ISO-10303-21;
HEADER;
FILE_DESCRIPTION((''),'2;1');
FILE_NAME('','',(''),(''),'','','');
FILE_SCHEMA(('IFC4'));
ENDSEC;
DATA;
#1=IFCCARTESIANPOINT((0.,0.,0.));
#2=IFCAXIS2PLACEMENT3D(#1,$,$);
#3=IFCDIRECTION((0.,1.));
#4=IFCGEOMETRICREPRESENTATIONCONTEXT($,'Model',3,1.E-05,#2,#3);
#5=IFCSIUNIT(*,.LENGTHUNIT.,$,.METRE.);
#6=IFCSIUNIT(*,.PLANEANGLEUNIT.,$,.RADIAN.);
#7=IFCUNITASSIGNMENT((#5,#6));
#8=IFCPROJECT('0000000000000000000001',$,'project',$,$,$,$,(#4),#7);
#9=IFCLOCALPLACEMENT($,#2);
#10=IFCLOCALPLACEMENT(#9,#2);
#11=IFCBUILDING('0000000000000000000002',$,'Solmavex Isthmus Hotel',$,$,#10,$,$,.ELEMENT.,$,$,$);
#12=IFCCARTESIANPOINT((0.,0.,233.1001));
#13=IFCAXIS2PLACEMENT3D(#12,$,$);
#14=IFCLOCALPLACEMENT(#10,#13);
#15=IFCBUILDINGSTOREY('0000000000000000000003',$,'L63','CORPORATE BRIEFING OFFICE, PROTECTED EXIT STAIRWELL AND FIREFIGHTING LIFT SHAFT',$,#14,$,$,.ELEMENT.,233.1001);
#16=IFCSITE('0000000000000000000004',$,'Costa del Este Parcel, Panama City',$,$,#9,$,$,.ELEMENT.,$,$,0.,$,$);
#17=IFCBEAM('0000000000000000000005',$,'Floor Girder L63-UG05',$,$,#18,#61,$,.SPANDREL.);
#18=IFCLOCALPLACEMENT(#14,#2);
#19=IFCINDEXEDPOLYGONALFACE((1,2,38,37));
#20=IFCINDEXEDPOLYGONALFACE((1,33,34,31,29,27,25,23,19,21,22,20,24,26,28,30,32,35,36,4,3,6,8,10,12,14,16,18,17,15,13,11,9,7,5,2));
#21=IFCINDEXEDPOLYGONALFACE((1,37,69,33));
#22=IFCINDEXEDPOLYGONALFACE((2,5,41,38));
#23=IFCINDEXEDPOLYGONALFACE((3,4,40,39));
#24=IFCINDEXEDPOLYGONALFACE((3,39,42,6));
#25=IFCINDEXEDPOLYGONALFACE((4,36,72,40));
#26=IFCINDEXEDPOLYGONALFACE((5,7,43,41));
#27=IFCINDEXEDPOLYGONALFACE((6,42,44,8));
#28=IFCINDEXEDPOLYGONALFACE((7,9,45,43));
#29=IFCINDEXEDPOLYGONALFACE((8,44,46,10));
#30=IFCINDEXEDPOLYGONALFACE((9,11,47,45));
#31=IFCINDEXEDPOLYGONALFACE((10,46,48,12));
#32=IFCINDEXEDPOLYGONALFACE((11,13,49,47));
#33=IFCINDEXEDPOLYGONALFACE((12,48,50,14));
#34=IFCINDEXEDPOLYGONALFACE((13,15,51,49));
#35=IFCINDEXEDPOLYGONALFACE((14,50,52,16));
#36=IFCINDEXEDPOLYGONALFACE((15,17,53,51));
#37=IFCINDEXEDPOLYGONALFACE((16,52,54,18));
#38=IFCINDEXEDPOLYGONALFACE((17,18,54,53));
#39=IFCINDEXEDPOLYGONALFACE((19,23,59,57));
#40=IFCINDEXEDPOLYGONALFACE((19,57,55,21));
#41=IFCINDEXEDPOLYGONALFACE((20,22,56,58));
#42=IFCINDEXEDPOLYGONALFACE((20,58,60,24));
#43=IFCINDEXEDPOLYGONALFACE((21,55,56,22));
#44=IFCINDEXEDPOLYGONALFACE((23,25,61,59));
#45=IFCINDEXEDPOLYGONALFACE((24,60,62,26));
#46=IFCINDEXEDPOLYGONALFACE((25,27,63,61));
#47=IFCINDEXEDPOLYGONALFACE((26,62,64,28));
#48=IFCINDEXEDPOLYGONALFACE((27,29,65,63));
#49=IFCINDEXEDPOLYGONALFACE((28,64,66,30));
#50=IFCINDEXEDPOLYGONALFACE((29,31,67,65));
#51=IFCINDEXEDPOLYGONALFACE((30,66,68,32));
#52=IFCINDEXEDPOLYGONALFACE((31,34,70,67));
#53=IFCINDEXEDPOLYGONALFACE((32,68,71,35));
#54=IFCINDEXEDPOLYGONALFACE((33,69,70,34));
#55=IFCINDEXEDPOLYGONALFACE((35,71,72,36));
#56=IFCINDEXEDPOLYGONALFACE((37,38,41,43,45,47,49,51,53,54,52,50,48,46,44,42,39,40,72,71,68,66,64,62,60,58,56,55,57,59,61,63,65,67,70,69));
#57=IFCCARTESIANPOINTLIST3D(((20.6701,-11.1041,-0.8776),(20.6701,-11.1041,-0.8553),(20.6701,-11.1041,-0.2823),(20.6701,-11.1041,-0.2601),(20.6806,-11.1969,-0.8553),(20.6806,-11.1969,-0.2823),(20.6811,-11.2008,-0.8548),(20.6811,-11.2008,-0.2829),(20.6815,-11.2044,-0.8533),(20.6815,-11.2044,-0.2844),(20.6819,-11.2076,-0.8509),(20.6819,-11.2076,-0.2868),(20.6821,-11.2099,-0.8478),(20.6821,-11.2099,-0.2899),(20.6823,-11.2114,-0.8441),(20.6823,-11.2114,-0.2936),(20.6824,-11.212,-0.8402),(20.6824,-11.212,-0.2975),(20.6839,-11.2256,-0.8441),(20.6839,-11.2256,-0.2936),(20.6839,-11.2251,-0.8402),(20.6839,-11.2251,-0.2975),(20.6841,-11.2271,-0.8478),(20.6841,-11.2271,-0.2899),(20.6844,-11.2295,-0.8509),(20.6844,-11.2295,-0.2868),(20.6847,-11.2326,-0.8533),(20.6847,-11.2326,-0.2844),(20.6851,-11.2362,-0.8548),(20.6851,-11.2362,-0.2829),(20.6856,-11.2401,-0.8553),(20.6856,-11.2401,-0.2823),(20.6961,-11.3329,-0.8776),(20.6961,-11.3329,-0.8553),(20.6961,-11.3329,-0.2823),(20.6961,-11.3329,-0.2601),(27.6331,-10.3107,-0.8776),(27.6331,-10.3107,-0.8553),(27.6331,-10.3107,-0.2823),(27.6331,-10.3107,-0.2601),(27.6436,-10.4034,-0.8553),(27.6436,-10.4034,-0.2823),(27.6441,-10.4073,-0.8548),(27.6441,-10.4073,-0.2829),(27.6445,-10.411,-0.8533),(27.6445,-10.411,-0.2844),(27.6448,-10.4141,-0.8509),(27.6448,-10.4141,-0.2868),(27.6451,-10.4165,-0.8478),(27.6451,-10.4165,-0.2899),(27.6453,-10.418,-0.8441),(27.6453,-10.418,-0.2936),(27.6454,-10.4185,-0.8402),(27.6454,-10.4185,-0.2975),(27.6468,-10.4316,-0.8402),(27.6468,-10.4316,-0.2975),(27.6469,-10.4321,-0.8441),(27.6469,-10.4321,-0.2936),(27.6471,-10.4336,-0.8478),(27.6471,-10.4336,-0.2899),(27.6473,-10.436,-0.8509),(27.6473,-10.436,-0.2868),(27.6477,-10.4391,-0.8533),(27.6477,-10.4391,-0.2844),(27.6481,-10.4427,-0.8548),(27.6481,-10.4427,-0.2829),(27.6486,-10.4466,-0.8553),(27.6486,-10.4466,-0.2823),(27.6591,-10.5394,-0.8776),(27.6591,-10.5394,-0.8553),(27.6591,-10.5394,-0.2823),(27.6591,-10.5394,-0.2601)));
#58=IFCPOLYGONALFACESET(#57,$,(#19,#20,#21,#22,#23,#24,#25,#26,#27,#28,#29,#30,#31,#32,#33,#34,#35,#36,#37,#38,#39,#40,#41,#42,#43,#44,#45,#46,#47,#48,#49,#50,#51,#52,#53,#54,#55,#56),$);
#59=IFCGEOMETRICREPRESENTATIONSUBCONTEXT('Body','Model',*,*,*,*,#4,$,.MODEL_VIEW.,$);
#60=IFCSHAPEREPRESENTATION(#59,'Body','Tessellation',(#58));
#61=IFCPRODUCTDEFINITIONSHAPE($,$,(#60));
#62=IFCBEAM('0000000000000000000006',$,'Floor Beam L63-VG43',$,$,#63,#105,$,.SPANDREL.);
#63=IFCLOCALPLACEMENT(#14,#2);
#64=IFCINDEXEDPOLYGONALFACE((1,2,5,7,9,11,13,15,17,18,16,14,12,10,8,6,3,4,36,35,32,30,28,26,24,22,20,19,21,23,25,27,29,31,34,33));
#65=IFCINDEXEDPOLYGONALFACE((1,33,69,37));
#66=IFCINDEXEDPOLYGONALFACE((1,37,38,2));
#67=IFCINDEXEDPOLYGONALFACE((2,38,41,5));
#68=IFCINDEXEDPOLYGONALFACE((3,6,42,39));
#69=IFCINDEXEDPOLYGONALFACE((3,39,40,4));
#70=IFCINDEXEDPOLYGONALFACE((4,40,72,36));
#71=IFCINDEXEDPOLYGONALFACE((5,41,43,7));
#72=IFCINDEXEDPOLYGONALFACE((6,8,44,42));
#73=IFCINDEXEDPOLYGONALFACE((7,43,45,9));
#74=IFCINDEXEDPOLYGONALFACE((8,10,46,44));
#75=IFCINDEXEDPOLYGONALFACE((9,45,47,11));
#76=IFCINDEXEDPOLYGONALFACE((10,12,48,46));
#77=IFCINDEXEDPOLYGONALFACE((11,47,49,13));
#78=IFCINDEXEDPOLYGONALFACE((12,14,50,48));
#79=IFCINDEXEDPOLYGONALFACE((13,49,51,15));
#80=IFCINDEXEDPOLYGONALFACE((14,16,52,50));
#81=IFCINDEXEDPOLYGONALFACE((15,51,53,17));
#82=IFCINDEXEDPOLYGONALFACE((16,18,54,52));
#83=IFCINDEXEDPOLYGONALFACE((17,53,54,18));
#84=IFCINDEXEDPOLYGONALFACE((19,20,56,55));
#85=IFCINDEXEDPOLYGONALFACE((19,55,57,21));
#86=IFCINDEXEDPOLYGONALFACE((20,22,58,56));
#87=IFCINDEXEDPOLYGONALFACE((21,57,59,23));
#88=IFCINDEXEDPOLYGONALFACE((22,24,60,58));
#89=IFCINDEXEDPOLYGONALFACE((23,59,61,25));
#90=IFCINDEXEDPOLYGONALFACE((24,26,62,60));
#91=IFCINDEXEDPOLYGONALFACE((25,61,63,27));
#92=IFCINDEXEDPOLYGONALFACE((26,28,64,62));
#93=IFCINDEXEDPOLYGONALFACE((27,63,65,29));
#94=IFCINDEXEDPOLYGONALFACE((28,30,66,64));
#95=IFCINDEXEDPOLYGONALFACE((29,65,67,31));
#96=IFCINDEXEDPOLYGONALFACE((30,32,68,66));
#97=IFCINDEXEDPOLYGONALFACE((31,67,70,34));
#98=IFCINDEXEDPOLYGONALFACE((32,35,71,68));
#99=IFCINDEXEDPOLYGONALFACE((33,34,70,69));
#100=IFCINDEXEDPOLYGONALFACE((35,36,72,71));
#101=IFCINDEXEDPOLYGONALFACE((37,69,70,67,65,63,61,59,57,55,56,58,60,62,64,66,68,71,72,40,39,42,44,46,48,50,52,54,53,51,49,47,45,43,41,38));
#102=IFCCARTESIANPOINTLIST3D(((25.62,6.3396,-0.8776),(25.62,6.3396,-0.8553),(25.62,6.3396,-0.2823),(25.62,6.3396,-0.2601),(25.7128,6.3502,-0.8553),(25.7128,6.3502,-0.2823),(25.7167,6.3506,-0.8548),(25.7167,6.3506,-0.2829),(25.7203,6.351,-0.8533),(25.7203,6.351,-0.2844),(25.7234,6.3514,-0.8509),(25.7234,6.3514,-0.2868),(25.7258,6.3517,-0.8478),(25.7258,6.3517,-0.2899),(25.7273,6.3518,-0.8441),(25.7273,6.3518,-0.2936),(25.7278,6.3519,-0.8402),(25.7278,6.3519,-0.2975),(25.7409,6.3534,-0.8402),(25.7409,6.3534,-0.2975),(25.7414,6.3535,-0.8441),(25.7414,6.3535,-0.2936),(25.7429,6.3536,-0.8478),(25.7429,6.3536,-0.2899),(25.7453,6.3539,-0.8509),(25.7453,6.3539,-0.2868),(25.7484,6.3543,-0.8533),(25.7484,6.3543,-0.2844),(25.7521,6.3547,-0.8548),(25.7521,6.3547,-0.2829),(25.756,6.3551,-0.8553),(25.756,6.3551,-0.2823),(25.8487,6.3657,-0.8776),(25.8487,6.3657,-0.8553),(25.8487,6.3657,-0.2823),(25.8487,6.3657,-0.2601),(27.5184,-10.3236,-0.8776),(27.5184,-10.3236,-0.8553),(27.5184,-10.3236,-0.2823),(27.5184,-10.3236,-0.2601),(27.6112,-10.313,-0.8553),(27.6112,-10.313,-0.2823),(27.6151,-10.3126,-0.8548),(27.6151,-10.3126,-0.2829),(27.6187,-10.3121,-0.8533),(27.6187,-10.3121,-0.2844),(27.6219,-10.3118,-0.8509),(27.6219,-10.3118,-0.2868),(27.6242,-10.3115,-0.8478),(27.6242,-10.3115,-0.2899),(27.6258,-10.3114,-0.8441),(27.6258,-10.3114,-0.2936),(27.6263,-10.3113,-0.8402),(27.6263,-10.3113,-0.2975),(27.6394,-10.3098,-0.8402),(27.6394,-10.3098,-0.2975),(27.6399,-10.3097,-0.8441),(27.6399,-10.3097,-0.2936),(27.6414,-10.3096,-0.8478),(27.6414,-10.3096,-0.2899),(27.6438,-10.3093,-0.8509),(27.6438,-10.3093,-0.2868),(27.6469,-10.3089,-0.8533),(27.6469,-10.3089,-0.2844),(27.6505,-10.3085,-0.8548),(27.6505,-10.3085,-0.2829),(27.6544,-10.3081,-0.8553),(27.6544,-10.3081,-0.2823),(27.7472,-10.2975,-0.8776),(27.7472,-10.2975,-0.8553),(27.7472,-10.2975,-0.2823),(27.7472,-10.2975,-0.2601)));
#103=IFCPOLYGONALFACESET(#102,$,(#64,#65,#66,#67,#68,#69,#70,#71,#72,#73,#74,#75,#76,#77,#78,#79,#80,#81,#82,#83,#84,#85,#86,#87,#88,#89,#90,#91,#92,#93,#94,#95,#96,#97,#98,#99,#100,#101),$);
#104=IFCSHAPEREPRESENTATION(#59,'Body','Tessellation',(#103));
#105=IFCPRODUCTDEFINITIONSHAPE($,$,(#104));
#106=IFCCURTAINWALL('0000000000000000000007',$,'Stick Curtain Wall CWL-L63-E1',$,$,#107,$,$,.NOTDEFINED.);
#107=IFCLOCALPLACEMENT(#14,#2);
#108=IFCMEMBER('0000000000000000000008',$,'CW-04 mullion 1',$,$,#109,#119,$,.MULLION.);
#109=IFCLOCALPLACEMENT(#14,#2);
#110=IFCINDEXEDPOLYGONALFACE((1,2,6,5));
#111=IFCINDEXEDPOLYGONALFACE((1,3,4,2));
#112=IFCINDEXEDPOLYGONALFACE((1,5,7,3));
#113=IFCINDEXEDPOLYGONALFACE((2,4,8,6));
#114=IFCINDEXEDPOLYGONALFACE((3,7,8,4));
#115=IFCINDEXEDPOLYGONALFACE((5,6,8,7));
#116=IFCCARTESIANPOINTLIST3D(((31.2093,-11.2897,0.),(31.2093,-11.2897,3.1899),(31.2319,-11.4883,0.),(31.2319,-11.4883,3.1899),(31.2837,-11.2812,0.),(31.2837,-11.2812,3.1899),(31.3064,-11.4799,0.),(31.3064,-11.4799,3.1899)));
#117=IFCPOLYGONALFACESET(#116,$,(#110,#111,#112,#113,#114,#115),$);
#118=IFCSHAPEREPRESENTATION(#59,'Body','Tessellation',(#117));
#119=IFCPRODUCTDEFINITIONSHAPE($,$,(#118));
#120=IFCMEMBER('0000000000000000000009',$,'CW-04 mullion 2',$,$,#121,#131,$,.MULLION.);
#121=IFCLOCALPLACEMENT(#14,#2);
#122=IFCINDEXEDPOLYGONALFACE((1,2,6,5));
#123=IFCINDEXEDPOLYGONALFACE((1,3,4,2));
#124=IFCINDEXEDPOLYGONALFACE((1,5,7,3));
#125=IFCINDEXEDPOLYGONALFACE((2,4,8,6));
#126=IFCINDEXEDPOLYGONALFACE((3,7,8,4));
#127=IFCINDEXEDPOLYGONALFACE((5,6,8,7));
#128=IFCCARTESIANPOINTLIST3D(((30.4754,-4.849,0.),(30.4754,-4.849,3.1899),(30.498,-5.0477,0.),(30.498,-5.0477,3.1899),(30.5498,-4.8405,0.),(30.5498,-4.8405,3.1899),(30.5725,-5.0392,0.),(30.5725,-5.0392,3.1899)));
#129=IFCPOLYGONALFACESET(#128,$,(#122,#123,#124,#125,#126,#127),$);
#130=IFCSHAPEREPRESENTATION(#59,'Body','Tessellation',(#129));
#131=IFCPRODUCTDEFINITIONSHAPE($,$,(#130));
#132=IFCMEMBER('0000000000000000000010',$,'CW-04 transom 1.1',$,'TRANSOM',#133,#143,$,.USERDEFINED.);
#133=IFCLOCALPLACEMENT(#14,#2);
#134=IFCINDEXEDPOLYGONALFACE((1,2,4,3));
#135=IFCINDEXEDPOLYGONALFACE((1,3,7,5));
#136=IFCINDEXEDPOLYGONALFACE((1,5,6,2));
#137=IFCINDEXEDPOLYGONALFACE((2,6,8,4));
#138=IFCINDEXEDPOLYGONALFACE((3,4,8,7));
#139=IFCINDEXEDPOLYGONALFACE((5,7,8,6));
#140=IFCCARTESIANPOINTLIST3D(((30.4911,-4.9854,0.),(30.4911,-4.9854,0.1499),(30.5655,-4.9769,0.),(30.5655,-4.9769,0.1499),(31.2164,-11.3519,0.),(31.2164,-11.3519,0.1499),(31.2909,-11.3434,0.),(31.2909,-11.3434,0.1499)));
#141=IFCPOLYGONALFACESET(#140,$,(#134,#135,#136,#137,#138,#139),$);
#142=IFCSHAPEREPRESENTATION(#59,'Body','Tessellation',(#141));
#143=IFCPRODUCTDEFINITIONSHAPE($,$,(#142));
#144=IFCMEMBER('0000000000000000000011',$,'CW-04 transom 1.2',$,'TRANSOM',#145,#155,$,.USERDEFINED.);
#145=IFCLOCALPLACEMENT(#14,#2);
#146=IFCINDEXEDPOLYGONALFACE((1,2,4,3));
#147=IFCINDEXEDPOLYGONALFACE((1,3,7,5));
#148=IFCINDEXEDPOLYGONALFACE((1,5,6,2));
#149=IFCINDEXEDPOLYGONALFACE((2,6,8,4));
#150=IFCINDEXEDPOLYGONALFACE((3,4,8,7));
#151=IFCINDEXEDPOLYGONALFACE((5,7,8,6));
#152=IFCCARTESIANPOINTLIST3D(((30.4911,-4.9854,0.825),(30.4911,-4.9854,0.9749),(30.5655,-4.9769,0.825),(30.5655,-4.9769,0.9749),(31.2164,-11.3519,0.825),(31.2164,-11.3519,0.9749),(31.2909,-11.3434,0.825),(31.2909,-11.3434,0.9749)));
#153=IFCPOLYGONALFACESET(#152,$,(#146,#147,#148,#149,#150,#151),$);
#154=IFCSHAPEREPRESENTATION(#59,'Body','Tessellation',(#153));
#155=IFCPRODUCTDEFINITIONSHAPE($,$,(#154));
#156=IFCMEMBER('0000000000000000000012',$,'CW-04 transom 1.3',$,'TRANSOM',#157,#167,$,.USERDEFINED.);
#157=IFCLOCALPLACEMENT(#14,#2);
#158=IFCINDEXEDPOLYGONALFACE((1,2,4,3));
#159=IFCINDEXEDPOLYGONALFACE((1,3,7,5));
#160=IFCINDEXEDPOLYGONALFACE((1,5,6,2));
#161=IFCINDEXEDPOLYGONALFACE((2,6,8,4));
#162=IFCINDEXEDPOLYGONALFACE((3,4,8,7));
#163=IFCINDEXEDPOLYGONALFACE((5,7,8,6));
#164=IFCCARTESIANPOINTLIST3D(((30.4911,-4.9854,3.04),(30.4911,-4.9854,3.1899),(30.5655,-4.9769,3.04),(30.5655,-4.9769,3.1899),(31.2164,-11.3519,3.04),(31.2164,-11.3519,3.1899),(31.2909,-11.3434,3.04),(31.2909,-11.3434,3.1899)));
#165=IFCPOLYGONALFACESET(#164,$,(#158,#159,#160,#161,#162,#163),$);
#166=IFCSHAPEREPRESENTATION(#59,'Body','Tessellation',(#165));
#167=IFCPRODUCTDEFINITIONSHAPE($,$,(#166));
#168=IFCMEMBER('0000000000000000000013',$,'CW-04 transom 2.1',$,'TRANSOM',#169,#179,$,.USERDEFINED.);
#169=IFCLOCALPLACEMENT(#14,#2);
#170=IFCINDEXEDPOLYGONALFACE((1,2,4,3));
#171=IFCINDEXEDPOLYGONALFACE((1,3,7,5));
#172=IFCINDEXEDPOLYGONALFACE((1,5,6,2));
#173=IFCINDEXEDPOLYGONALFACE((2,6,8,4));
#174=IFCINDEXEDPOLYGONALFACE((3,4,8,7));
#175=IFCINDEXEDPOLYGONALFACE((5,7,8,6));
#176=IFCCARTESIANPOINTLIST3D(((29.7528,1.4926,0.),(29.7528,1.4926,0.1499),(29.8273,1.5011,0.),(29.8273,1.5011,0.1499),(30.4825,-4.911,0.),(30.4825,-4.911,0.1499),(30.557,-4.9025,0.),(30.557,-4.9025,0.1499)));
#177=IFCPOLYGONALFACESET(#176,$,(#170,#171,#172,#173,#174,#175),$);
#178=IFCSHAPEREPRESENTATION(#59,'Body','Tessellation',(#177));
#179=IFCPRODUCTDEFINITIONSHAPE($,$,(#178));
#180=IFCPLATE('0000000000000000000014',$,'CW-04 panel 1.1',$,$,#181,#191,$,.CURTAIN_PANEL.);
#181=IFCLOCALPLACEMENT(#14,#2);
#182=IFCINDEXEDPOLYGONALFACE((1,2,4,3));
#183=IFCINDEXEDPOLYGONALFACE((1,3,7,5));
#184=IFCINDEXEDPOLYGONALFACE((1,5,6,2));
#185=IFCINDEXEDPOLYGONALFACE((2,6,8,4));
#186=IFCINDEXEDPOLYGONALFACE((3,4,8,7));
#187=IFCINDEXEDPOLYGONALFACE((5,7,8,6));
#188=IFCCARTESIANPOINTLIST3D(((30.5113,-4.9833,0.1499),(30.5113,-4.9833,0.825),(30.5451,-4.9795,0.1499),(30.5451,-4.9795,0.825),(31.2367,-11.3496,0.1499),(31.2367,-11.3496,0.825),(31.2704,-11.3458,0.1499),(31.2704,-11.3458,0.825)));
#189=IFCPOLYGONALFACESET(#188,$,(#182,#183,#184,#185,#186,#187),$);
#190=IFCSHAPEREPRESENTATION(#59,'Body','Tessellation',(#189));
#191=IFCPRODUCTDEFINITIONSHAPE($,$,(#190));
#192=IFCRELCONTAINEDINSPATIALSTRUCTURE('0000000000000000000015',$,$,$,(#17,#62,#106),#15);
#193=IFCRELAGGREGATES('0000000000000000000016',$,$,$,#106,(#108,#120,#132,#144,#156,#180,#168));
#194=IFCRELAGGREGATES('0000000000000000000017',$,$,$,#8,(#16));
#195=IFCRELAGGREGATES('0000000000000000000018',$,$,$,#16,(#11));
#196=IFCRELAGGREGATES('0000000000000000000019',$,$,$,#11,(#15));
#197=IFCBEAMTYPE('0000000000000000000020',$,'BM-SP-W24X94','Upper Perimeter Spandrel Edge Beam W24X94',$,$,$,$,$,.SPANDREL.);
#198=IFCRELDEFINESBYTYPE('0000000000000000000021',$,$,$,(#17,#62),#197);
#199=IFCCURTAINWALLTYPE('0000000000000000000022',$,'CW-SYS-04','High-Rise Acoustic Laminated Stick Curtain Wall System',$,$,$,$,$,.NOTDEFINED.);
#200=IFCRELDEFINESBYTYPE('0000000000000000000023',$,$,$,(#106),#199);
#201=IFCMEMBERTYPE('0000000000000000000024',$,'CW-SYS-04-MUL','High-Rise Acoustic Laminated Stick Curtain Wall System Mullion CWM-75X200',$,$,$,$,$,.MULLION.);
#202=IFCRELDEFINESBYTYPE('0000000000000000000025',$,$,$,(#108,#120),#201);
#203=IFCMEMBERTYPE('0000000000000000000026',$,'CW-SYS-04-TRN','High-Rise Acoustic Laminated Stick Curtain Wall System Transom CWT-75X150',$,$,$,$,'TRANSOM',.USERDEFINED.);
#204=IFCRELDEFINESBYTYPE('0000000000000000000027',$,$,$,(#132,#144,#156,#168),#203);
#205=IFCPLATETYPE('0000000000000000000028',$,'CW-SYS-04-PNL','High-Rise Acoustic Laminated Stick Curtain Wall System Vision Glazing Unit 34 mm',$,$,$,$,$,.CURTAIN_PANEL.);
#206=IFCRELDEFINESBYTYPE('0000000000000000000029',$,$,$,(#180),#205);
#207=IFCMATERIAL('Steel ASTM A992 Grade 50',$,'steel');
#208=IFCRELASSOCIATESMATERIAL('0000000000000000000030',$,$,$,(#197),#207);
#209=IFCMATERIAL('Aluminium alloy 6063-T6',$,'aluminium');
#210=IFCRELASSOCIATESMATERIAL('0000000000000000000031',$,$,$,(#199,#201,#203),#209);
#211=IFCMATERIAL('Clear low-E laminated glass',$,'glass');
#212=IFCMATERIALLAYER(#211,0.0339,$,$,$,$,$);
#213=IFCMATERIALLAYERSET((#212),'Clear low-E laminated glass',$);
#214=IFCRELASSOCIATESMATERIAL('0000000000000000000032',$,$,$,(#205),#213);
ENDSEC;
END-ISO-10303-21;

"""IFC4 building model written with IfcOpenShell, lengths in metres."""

from ifc_helpers import new_model, si_unit, direction, frame, origin, origin_2d, place, context, subcontext, project, spatial, rectangle, i_section, extrude, material, layer, layer_set, material_profile, profile_set, type_object, element, aggregate, save


model = new_model("IFC4")

# Units and contexts
model_context = context("Model", 3, precision=1e-05, world=origin(), true_north=direction((0.0, 1.0)))
body_context = subcontext(model_context, "Body", "Model", "MODEL_VIEW")
ifc_project = project(units=[si_unit("LENGTHUNIT", "METRE"), si_unit("PLANEANGLEUNIT", "RADIAN")], contexts=[model_context])

# Site, building, storey
site_placement = place(None, origin())
site = spatial("IfcSite", under=ifc_project, at=site_placement, Name="Costa del Este Parcel, Panama City", CompositionType="ELEMENT", RefElevation=0.0)
building_placement = place(site_placement, origin())
building = spatial("IfcBuilding", under=site, at=building_placement, Name="Solmavex Isthmus Hotel", CompositionType="ELEMENT")
storey_placement = place(building_placement, frame((0.0, 0.0, 233.1001)))
storey = spatial("IfcBuildingStorey", under=building, at=storey_placement, Name="L63", Description="CORPORATE BRIEFING OFFICE, PROTECTED EXIT STAIRWELL AND FIREFIGHTING LIFT SHAFT", CompositionType="ELEMENT", Elevation=233.1001)

# Beams
ifc_material_1 = material(Name="Steel ASTM A992 Grade 50", Category="steel")
ifc_material_profile_1 = material_profile(ifc_material_1, i_section(OverallWidth=0.2302, OverallDepth=0.6174, WebThickness=0.0132, FlangeThickness=0.0222, FilletRadius=0.0151, at=origin_2d()), Name="W24X94")
ifc_profile_set_1 = profile_set([ifc_material_profile_1], Name="Steel ASTM A992 Grade 50")
beam_type_1 = type_object("IfcBeamType", Name="BM-SP-W24X94", Description="Upper Perimeter Spandrel Edge Beam W24X94", PredefinedType="SPANDREL", material=ifc_profile_set_1)
beam_1_placement = place(storey_placement, frame((20.6831, -11.2185, -0.5688), z_axis=(0.99357, 0.113222, 0.0), x_axis=(-0.113222, 0.99357, 0.0)))
element("IfcBeam", 1, at=beam_1_placement, inside=storey, type_object=beam_type_1, Name="Floor Girder L63-UG05", PredefinedType="SPANDREL", context=body_context, shape_type="SweptSolid", body=[
    extrude(i_section(OverallWidth=0.2302, OverallDepth=0.6174, WebThickness=0.0132, FlangeThickness=0.0222, FilletRadius=0.0151, at=origin_2d()), origin(), (0.0, 0.0, 1.0), 7.0081),
])
beam_2_placement = place(storey_placement, frame((27.6328, -10.3105, -0.5688), z_axis=(-0.113198, 0.993572, 0.0), x_axis=(-0.993572, -0.113198, 0.0)))
element("IfcBeam", 2, at=beam_2_placement, inside=storey, type_object=beam_type_1, Name="Floor Beam L63-VG43", PredefinedType="SPANDREL", context=body_context, shape_type="SweptSolid", body=[
    extrude(i_section(OverallWidth=0.2302, OverallDepth=0.6174, WebThickness=0.0132, FlangeThickness=0.0222, FilletRadius=0.0151, at=origin_2d()), origin(), (0.0, 0.0, 1.0), 16.771),
])

# Curtain wall, members, plate
ifc_material_2 = material(Name="Aluminium alloy 6063-T6", Category="aluminium")
curtain_wall_type = type_object("IfcCurtainWallType", Name="CW-SYS-04", Description="High-Rise Acoustic Laminated Stick Curtain Wall System", PredefinedType="NOTDEFINED", material=ifc_material_2)
curtain_wall_placement = place(storey_placement, origin())
curtain_wall = element("IfcCurtainWall", 3, at=curtain_wall_placement, inside=storey, type_object=curtain_wall_type, Name="Stick Curtain Wall CWL-L63-E1", PredefinedType="NOTDEFINED")
ifc_material_profile_2 = material_profile(ifc_material_2, rectangle(XDim=0.075, YDim=0.2, at=origin_2d()), Name="CWM-75X200")
ifc_profile_set_2 = profile_set([ifc_material_profile_2], Name="Aluminium alloy 6063-T6")
member_type_1 = type_object("IfcMemberType", Name="CW-SYS-04-MUL", Description="High-Rise Acoustic Laminated Stick Curtain Wall System Mullion CWM-75X200", PredefinedType="MULLION", material=ifc_profile_set_2)
member_1_placement = place(storey_placement, frame((31.2578, -11.3848, 0.0), z_axis=(0.0, 0.0, 1.0), x_axis=(-0.993572, -0.113203, 0.0)))
member_1 = element("IfcMember", 4, at=member_1_placement, type_object=member_type_1, Name="CW-04 mullion 1", PredefinedType="MULLION", context=body_context, shape_type="SweptSolid", body=[
    extrude(rectangle(XDim=0.075, YDim=0.2, at=origin_2d()), origin(), (0.0, 0.0, 1.0), 3.1899),
])
member_2_placement = place(storey_placement, frame((30.5239, -4.9441, 0.0), z_axis=(0.0, 0.0, 1.0), x_axis=(-0.993572, -0.113203, 0.0)))
member_2 = element("IfcMember", 5, at=member_2_placement, type_object=member_type_1, Name="CW-04 mullion 2", PredefinedType="MULLION", context=body_context, shape_type="SweptSolid", body=[
    extrude(rectangle(XDim=0.075, YDim=0.2, at=origin_2d()), origin(), (0.0, 0.0, 1.0), 3.1899),
])
ifc_material_profile_3 = material_profile(ifc_material_2, rectangle(XDim=0.075, YDim=0.1499, at=origin_2d()), Name="CWT-75X150")
ifc_profile_set_3 = profile_set([ifc_material_profile_3], Name="Aluminium alloy 6063-T6")
member_type_2 = type_object("IfcMemberType", Name="CW-SYS-04-TRN", Description="High-Rise Acoustic Laminated Stick Curtain Wall System Transom CWT-75X150", ElementType="TRANSOM", PredefinedType="USERDEFINED", material=ifc_profile_set_3)
member_3_placement = place(storey_placement, frame((31.2537, -11.3477, 0.075), z_axis=(-0.113199, 0.993572, 0.0), x_axis=(-0.993572, -0.113199, 0.0)))
member_3 = element("IfcMember", 6, at=member_3_placement, type_object=member_type_2, Name="CW-04 transom 1.1", ObjectType="TRANSOM", PredefinedType="USERDEFINED", context=body_context, shape_type="SweptSolid", body=[
    extrude(rectangle(XDim=0.075, YDim=0.1499, at=origin_2d()), origin(), (0.0, 0.0, 1.0), 6.4077),
])
member_4_placement = place(storey_placement, frame((31.2537, -11.3477, 0.8999), z_axis=(-0.113199, 0.993572, 0.0), x_axis=(-0.993572, -0.113199, 0.0)))
member_4 = element("IfcMember", 7, at=member_4_placement, type_object=member_type_2, Name="CW-04 transom 1.2", ObjectType="TRANSOM", PredefinedType="USERDEFINED", context=body_context, shape_type="SweptSolid", body=[
    extrude(rectangle(XDim=0.075, YDim=0.1499, at=origin_2d()), origin(), (0.0, 0.0, 1.0), 6.4077),
])
member_5_placement = place(storey_placement, frame((31.2537, -11.3477, 3.115), z_axis=(-0.113199, 0.993572, 0.0), x_axis=(-0.993572, -0.113199, 0.0)))
member_5 = element("IfcMember", 8, at=member_5_placement, type_object=member_type_2, Name="CW-04 transom 1.3", ObjectType="TRANSOM", PredefinedType="USERDEFINED", context=body_context, shape_type="SweptSolid", body=[
    extrude(rectangle(XDim=0.075, YDim=0.1499, at=origin_2d()), origin(), (0.0, 0.0, 1.0), 6.4077),
])
member_6_placement = place(storey_placement, frame((30.5198, -4.9067, 0.075), z_axis=(-0.113225, 0.993569, 0.0), x_axis=(-0.993569, -0.113225, 0.0)))
member_6 = element("IfcMember", 9, at=member_6_placement, type_object=member_type_2, Name="CW-04 transom 2.1", ObjectType="TRANSOM", PredefinedType="USERDEFINED", context=body_context, shape_type="SweptSolid", body=[
    extrude(rectangle(XDim=0.075, YDim=0.1499, at=origin_2d()), origin(), (0.0, 0.0, 1.0), 6.4451),
])
ifc_material_3 = material(Name="Clear low-E laminated glass", Category="glass")
ifc_layer_1 = layer(ifc_material_3, 0.0339)
ifc_layer_set_1 = layer_set([ifc_layer_1], Name="Clear low-E laminated glass")
plate_type = type_object("IfcPlateType", Name="CW-SYS-04-PNL", Description="High-Rise Acoustic Laminated Stick Curtain Wall System Vision Glazing Unit 34 mm", PredefinedType="CURTAIN_PANEL", material=ifc_layer_set_1)
plate_1_placement = place(storey_placement, frame((30.8909, -8.1646, 0.1499), z_axis=(0.0, 0.0, 1.0), x_axis=(-0.113203, 0.993572, 0.0)))
plate_1 = element("IfcPlate", 10, at=plate_1_placement, type_object=plate_type, Name="CW-04 panel 1.1", PredefinedType="CURTAIN_PANEL", context=body_context, shape_type="SweptSolid", body=[
    extrude(rectangle(XDim=6.4075, YDim=0.0339, at=origin_2d()), origin(), (0.0, 0.0, 1.0), 0.675),
])
aggregate(curtain_wall, [member_1, member_2, member_3, member_4, member_5, plate_1, member_6])

save(model, "model.ifc")
